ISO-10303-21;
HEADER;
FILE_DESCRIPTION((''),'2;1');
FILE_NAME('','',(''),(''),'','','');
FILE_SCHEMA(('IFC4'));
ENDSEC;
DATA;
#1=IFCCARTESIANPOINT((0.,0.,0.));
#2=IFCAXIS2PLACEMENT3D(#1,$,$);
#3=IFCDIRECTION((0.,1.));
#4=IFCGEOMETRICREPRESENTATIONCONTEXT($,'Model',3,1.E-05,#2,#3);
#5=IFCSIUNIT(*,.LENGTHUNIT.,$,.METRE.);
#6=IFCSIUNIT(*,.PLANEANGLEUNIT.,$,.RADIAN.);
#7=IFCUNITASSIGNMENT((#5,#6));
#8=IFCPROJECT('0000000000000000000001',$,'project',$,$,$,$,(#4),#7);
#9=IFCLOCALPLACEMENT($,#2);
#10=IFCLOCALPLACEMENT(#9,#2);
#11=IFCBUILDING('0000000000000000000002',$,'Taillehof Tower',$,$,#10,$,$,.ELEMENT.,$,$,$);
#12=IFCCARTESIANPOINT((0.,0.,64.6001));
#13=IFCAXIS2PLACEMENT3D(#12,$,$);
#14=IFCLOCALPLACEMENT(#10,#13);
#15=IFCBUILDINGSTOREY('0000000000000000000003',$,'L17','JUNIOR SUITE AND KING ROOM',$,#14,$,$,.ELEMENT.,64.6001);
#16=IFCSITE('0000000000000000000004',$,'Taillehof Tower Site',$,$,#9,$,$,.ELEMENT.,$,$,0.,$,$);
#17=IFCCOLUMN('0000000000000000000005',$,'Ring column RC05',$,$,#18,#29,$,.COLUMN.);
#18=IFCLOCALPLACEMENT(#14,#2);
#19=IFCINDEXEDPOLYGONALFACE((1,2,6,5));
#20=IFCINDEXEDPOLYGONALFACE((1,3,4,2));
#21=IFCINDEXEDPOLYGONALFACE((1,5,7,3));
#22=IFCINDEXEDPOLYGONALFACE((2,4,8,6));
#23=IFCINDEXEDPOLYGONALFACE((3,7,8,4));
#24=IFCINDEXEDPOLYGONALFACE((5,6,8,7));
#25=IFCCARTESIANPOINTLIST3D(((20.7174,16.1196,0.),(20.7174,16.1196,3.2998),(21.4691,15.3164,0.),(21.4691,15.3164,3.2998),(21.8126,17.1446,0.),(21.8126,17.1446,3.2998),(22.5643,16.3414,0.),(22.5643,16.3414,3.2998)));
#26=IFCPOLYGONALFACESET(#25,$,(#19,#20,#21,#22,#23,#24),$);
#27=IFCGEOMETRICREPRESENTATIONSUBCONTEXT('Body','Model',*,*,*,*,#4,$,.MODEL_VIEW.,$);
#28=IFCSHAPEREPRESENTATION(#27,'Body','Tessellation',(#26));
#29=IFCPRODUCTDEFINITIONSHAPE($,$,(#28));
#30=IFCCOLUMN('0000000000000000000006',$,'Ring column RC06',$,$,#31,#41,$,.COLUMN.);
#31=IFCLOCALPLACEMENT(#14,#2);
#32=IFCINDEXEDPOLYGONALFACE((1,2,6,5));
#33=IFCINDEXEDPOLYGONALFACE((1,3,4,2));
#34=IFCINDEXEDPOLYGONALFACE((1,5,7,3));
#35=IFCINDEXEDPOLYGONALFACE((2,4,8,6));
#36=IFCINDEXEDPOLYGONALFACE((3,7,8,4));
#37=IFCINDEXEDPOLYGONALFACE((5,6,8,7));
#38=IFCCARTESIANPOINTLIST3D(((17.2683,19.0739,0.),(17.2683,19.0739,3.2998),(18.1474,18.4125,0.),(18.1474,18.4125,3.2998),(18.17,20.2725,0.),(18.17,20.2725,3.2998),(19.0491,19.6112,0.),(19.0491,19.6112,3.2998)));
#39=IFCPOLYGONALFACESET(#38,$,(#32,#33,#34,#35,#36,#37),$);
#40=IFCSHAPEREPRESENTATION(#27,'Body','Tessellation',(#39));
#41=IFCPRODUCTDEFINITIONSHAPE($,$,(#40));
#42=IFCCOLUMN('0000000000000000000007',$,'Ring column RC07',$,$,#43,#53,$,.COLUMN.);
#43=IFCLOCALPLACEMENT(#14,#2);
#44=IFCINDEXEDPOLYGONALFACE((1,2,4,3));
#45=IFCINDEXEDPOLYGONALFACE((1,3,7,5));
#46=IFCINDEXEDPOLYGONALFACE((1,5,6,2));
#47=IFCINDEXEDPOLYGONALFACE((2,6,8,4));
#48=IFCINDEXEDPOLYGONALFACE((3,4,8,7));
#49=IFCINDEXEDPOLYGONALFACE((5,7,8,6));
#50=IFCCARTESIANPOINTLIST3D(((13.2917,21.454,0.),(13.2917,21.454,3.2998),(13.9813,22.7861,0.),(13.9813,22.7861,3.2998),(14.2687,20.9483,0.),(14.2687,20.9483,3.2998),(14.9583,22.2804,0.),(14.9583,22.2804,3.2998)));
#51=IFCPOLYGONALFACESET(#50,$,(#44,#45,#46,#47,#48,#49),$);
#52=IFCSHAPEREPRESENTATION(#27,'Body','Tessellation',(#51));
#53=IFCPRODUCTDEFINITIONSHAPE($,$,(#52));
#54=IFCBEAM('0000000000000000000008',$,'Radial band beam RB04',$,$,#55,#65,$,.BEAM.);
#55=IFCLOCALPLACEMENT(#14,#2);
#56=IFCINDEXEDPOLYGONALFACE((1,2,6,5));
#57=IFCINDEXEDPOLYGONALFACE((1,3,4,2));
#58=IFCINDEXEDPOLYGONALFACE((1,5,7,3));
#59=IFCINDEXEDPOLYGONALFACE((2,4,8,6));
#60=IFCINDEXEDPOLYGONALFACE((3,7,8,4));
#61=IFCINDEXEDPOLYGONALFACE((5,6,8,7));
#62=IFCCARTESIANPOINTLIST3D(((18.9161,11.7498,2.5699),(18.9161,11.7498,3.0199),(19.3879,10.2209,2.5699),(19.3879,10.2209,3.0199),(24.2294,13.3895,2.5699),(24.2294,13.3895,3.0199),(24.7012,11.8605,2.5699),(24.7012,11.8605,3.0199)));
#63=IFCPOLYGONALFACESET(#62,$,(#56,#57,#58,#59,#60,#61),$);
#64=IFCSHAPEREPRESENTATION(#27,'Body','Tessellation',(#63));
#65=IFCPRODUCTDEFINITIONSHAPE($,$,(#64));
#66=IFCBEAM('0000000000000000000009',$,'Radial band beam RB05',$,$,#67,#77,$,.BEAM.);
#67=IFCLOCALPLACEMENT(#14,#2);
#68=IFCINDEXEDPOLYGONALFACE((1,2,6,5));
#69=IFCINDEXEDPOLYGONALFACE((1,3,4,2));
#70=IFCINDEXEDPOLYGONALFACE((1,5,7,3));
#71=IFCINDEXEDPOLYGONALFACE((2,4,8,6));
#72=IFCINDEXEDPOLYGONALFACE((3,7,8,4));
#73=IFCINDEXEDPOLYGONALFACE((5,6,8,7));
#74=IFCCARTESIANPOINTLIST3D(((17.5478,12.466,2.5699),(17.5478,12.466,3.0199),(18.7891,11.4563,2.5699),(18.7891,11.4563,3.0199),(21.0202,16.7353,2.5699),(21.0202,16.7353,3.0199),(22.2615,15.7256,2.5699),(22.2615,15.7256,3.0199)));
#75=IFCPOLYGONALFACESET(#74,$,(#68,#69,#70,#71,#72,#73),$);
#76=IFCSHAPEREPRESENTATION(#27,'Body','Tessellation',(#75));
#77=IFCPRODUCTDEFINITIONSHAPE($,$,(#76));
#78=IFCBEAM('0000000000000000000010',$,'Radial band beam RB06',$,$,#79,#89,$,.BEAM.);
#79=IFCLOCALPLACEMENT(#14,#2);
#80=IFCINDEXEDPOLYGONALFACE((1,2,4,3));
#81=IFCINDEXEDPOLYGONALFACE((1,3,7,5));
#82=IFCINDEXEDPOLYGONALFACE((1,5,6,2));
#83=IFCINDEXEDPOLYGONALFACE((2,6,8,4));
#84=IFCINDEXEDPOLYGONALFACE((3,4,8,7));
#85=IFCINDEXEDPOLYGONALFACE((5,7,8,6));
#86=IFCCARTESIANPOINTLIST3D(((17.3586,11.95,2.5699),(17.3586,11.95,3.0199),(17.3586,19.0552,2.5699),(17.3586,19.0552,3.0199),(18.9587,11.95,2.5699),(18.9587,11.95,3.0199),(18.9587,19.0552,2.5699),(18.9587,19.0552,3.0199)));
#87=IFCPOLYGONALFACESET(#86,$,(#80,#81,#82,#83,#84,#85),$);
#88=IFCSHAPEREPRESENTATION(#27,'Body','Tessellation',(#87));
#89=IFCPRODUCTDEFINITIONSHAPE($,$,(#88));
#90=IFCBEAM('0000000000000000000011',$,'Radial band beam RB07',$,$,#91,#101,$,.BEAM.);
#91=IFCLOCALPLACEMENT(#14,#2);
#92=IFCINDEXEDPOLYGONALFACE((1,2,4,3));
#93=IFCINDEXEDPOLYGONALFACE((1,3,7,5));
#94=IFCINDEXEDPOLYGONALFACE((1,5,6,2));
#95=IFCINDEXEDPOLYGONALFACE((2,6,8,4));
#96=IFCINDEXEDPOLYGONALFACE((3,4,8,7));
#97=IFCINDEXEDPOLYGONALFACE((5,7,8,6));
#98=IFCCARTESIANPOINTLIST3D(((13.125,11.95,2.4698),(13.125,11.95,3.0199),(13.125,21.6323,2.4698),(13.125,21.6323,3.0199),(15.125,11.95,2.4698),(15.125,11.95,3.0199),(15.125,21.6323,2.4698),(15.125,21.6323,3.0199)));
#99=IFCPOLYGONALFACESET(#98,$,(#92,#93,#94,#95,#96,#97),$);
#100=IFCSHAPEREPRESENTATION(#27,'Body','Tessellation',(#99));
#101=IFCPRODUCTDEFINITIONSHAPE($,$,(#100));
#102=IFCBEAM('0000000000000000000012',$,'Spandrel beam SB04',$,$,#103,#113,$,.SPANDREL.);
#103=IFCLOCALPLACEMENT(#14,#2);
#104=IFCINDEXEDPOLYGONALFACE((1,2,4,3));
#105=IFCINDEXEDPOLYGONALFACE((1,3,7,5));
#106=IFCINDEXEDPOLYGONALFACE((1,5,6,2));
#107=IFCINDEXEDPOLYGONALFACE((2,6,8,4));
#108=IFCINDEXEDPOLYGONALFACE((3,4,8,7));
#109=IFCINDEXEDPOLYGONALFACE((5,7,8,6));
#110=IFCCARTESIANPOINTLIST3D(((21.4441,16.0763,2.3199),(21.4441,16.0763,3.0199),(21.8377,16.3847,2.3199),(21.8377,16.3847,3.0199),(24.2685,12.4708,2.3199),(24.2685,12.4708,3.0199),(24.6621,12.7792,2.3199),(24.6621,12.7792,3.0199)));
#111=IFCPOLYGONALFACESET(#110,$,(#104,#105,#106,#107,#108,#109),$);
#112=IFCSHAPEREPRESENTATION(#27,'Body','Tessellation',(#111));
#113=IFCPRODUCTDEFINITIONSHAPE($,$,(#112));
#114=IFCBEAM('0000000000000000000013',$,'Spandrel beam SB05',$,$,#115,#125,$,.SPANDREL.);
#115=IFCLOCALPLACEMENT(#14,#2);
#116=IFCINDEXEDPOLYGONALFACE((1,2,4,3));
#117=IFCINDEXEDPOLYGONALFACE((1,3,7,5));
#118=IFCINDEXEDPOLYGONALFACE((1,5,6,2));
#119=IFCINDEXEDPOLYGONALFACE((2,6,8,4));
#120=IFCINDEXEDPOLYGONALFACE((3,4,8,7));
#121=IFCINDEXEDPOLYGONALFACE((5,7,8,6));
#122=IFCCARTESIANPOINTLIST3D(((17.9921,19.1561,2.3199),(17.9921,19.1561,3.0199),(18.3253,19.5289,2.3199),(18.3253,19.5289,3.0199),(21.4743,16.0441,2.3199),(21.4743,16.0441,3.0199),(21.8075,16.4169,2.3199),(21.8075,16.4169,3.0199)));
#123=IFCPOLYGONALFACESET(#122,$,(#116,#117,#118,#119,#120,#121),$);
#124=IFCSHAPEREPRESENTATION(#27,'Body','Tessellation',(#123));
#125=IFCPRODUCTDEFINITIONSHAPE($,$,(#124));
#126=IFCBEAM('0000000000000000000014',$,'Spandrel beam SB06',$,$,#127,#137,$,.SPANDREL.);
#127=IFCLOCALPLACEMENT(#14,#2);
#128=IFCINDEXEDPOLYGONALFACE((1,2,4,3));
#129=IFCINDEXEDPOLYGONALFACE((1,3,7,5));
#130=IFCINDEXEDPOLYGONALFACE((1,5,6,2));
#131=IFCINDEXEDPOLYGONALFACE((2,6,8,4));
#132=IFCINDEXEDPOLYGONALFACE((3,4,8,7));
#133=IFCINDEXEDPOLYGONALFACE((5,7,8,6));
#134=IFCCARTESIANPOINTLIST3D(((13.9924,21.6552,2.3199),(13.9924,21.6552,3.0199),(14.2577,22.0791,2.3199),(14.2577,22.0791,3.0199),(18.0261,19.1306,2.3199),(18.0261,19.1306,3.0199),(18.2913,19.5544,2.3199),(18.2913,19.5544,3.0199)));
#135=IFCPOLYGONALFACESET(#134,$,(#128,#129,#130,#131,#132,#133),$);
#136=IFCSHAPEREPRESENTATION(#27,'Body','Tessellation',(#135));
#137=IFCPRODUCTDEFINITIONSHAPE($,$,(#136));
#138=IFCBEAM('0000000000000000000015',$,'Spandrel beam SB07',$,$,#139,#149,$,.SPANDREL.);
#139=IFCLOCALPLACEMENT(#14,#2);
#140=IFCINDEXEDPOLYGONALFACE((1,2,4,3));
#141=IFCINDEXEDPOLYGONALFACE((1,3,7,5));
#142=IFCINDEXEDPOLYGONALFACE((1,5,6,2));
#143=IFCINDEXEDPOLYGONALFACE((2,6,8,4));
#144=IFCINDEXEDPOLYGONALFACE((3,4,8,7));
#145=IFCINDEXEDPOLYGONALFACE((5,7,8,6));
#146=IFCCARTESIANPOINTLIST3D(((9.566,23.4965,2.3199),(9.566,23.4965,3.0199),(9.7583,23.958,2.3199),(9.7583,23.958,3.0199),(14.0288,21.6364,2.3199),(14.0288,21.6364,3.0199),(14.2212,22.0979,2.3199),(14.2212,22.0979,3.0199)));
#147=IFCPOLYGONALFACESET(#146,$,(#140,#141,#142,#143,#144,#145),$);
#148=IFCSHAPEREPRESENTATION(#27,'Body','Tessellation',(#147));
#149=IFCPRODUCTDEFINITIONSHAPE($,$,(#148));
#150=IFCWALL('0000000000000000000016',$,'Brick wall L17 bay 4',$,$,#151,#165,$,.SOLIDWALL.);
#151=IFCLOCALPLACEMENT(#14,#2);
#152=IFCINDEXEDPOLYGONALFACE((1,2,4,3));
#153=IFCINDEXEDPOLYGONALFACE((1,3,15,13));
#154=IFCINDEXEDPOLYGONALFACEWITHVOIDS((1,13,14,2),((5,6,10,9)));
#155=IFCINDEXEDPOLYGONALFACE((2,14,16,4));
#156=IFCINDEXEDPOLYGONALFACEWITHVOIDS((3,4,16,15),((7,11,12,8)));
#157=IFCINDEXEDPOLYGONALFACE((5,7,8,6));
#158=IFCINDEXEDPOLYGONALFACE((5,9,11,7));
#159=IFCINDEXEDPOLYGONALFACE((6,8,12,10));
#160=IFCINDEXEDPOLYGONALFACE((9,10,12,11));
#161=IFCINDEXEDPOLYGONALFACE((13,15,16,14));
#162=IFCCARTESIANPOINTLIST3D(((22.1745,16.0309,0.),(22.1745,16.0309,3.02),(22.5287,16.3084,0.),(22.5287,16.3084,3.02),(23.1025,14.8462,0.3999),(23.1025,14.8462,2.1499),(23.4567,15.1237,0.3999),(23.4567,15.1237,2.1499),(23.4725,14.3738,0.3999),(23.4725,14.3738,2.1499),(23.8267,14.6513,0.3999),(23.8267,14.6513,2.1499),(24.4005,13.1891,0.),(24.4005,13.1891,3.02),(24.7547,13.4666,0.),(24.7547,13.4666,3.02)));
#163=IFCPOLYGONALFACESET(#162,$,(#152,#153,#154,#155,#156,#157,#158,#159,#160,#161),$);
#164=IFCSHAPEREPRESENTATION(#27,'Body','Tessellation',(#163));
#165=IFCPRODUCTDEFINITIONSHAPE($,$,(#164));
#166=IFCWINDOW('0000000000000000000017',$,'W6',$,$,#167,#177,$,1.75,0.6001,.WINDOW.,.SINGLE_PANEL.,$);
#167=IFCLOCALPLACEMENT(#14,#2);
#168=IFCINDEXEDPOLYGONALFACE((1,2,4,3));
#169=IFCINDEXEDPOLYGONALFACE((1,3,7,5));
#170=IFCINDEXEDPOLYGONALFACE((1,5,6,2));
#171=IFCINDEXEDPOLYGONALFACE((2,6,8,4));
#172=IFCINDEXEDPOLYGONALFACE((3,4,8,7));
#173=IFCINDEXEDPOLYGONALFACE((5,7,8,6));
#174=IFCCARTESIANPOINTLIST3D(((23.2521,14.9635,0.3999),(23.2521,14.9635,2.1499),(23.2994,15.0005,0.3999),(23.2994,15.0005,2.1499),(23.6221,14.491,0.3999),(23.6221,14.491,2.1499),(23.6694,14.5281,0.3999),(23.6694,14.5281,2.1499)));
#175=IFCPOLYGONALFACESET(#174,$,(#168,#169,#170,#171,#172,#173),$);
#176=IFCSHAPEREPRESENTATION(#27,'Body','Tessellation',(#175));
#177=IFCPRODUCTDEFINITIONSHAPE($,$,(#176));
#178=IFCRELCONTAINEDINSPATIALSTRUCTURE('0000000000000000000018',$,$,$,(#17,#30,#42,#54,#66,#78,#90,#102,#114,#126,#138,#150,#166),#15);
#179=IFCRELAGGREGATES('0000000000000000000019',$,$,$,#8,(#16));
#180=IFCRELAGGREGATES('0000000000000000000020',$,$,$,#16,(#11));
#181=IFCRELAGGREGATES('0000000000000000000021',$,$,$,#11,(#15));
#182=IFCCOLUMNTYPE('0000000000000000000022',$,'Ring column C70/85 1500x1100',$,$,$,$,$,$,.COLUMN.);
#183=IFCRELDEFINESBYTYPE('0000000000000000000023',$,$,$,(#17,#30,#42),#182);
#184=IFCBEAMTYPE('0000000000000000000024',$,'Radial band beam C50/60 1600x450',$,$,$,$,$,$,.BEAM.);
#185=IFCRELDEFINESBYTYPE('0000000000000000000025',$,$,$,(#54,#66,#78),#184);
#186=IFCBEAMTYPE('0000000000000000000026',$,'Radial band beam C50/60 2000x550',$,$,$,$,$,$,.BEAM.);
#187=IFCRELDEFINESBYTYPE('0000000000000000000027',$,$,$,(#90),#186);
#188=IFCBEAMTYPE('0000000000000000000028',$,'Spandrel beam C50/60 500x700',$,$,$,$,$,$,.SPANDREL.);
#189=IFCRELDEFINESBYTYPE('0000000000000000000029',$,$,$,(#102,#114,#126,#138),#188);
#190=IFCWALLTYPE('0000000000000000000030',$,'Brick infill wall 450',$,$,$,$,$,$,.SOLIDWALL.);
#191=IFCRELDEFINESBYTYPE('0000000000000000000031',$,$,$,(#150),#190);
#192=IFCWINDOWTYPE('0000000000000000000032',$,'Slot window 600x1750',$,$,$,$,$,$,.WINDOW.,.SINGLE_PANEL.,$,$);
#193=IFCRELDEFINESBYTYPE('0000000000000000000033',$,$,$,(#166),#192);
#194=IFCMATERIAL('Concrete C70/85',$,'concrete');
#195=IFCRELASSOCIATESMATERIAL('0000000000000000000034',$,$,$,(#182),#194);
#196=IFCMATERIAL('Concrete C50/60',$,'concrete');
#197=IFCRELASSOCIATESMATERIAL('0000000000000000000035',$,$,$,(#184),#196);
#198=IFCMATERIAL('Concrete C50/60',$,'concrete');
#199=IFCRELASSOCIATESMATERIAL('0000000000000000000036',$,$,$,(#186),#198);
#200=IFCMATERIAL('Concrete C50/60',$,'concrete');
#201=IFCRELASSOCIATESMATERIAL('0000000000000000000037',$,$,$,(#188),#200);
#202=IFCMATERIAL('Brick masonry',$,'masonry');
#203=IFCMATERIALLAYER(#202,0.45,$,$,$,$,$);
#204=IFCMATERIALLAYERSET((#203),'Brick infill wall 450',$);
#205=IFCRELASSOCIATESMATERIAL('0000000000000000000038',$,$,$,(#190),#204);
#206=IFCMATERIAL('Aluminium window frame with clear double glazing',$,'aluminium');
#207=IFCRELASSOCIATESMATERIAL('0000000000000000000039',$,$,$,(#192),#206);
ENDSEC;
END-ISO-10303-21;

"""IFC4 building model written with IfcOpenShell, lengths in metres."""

from ifc_helpers import new_model, si_unit, direction, frame, frame_2d, origin, origin_2d, place, context, subcontext, project, spatial, rectangle, extrude, material, layer, layer_set, material_profile, profile_set, type_object, element, fill, save


model = new_model("IFC4")

# Units and contexts
model_context = context("Model", 3, precision=1e-05, world=origin(), true_north=direction((0.0, 1.0)))
body_context = subcontext(model_context, "Body", "Model", "MODEL_VIEW")
ifc_project = project(units=[si_unit("LENGTHUNIT", "METRE"), si_unit("PLANEANGLEUNIT", "RADIAN")], contexts=[model_context])

# Site, building, storey
site_placement = place(None, origin())
site = spatial("IfcSite", under=ifc_project, at=site_placement, Name="Taillehof Tower Site", CompositionType="ELEMENT", RefElevation=0.0)
building_placement = place(site_placement, origin())
building = spatial("IfcBuilding", under=site, at=building_placement, Name="Taillehof Tower", CompositionType="ELEMENT")
storey_placement = place(building_placement, frame((0.0, 0.0, 64.6001)))
storey = spatial("IfcBuildingStorey", under=building, at=storey_placement, Name="L17", Description="JUNIOR SUITE AND KING ROOM", CompositionType="ELEMENT", Elevation=64.6001)

# Columns
ifc_material_1 = material(Name="Concrete C70/85", Category="concrete")
ifc_material_profile_1 = material_profile(ifc_material_1, rectangle(XDim=1.5, YDim=1.1001, at=origin_2d()), Name="RC 1500x1100")
ifc_profile_set_1 = profile_set([ifc_material_profile_1], Name="Concrete C70/85")
column_type = type_object("IfcColumnType", Name="Ring column C70/85 1500x1100", PredefinedType="COLUMN", material=ifc_profile_set_1)
for number, where, z_axis, x_axis, name in (
    (1, (21.6409, 16.2305, 0.0), (0.0, 0.0, 1.0), (0.730113, 0.683326, 0.0), "Ring column RC05"),
    (2, (18.1587, 19.3425, 0.0), (0.0, 0.0, 1.0), (0.601174, 0.799118, 0.0), "Ring column RC06"),
    (3, (14.125, 21.8672, 0.0), (0.0, 0.0, 1.0), (0.459691, 0.888079, 0.0), "Ring column RC07"),
):
    element("IfcColumn", number, at=place(storey_placement, frame(where, z_axis=z_axis, x_axis=x_axis)), inside=storey, type_object=column_type, Name=name, PredefinedType="COLUMN", context=body_context, shape_type="SweptSolid", body=[
        extrude(rectangle(XDim=1.5, YDim=1.1001, at=origin_2d()), origin(), (0.0, 0.0, 1.0), 3.2998),
    ])

# Beams
ifc_material_2 = material(Name="Concrete C50/60", Category="concrete")
ifc_material_profile_2 = material_profile(ifc_material_2, rectangle(XDim=1.6001, YDim=0.45, at=origin_2d()), Name="RC 1600x450")
ifc_profile_set_2 = profile_set([ifc_material_profile_2], Name="Concrete C50/60")
beam_type_1 = type_object("IfcBeamType", Name="Radial band beam C50/60 1600x450", PredefinedType="BEAM", material=ifc_profile_set_2)
beam_1_placement = place(storey_placement, frame((24.4653, 12.625, 2.7949), z_axis=(-0.955536, -0.294876, 0.0), x_axis=(0.294876, -0.955536, 0.0)))
element("IfcBeam", 4, at=beam_1_placement, inside=storey, type_object=beam_type_1, Name="Radial band beam RB04", PredefinedType="BEAM", context=body_context, shape_type="SweptSolid", body=[
    extrude(rectangle(XDim=1.6001, YDim=0.45, at=origin_2d()), origin(), (0.0, 0.0, 1.0), 5.5605),
])
beam_2_placement = place(storey_placement, frame((21.6409, 16.2305, 2.7949), z_axis=(-0.630988, -0.775792, 0.0), x_axis=(0.775792, -0.630988, 0.0)))
element("IfcBeam", 5, at=beam_2_placement, inside=storey, type_object=beam_type_1, Name="Radial band beam RB05", PredefinedType="BEAM", context=body_context, shape_type="SweptSolid", body=[
    extrude(rectangle(XDim=1.6001, YDim=0.45, at=origin_2d()), origin(), (0.0, 0.0, 1.0), 5.5032),
])
beam_3_placement = place(storey_placement, frame((18.1587, 19.0552, 2.7949), z_axis=(0.0, -1.0, 0.0), x_axis=(1.0, 0.0, 0.0)))
element("IfcBeam", 6, at=beam_3_placement, inside=storey, type_object=beam_type_1, Name="Radial band beam RB06", PredefinedType="BEAM", context=body_context, shape_type="SweptSolid", body=[
    extrude(rectangle(XDim=1.6001, YDim=0.45, at=origin_2d()), origin(), (0.0, 0.0, 1.0), 7.1052),
])
ifc_material_3 = material(Name="Concrete C50/60", Category="concrete")
ifc_material_profile_3 = material_profile(ifc_material_3, rectangle(XDim=2.0, YDim=0.55, at=origin_2d()), Name="RC 2000x550")
ifc_profile_set_3 = profile_set([ifc_material_profile_3], Name="Concrete C50/60")
beam_type_2 = type_object("IfcBeamType", Name="Radial band beam C50/60 2000x550", PredefinedType="BEAM", material=ifc_profile_set_3)
beam_4_placement = place(storey_placement, frame((14.125, 21.6323, 2.7449), z_axis=(0.0, -1.0, 0.0), x_axis=(1.0, 0.0, 0.0)))
element("IfcBeam", 7, at=beam_4_placement, inside=storey, type_object=beam_type_2, Name="Radial band beam RB07", PredefinedType="BEAM", context=body_context, shape_type="SweptSolid", body=[
    extrude(rectangle(XDim=2.0, YDim=0.55, at=origin_2d()), origin(), (0.0, 0.0, 1.0), 9.6824),
])
ifc_material_4 = material(Name="Concrete C50/60", Category="concrete")
ifc_material_profile_4 = material_profile(ifc_material_4, rectangle(XDim=0.5, YDim=0.7, at=origin_2d()), Name="RC 500x700")
ifc_profile_set_4 = profile_set([ifc_material_profile_4], Name="Concrete C50/60")
beam_type_3 = type_object("IfcBeamType", Name="Spandrel beam C50/60 500x700", PredefinedType="SPANDREL", material=ifc_profile_set_4)
beam_5_placement = place(storey_placement, frame((24.4653, 12.625, 2.6699), z_axis=(-0.616686, 0.787209, 0.0), x_axis=(-0.787209, -0.616686, 0.0)))
element("IfcBeam", 8, at=beam_5_placement, inside=storey, type_object=beam_type_3, Name="Spandrel beam SB04", PredefinedType="SPANDREL", context=body_context, shape_type="SweptSolid", body=[
    extrude(rectangle(XDim=0.5, YDim=0.7, at=origin_2d()), origin(), (0.0, 0.0, 1.0), 4.5801),
])
beam_6_placement = place(storey_placement, frame((21.6409, 16.2305, 2.6699), z_axis=(-0.745621, 0.66637, 0.0), x_axis=(-0.66637, -0.745621, 0.0)))
element("IfcBeam", 9, at=beam_6_placement, inside=storey, type_object=beam_type_3, Name="Spandrel beam SB05", PredefinedType="SPANDREL", context=body_context, shape_type="SweptSolid", body=[
    extrude(rectangle(XDim=0.5, YDim=0.7, at=origin_2d()), origin(), (0.0, 0.0, 1.0), 4.6702),
])
beam_7_placement = place(storey_placement, frame((18.1587, 19.3425, 2.6699), z_axis=(-0.847658, 0.530543, 0.0), x_axis=(-0.530543, -0.847658, 0.0)))
element("IfcBeam", 10, at=beam_7_placement, inside=storey, type_object=beam_type_3, Name="Spandrel beam SB06", PredefinedType="SPANDREL", context=body_context, shape_type="SweptSolid", body=[
    extrude(rectangle(XDim=0.5, YDim=0.7, at=origin_2d()), origin(), (0.0, 0.0, 1.0), 4.7585),
])
beam_8_placement = place(storey_placement, frame((14.125, 21.8672, 2.6699), z_axis=(-0.923035, 0.384716, 0.0), x_axis=(-0.384716, -0.923035, 0.0)))
element("IfcBeam", 11, at=beam_8_placement, inside=storey, type_object=beam_type_3, Name="Spandrel beam SB07", PredefinedType="SPANDREL", context=body_context, shape_type="SweptSolid", body=[
    extrude(rectangle(XDim=0.5, YDim=0.7, at=origin_2d()), origin(), (0.0, 0.0, 1.0), 4.835),
])

# Wall, opening, window
ifc_material_5 = material(Name="Brick masonry", Category="masonry")
ifc_layer_1 = layer(ifc_material_5, 0.45)
ifc_layer_set_1 = layer_set([ifc_layer_1], Name="Brick infill wall 450")
wall_type_1 = type_object("IfcWallType", Name="Brick infill wall 450", PredefinedType="SOLIDWALL", material=ifc_layer_set_1)
wall_1_placement = place(storey_placement, frame((24.5776, 13.3279, 0.0), z_axis=(0.0, 0.0, 1.0), x_axis=(-0.616662, 0.787228, 0.0)))
wall_1 = element("IfcWall", 12, at=wall_1_placement, inside=storey, type_object=wall_type_1, Name="Brick wall L17 bay 4", PredefinedType="SOLIDWALL", context=body_context, shape_type="SweptSolid", body=[
    extrude(rectangle(XDim=3.6099, YDim=0.45, at=frame_2d((1.8049, 0.0))), origin(), (0.0, 0.0, 1.0), 3.02),
])
opening_1_placement = place(wall_1_placement, frame((1.5049, 0.0, 0.3999)))
opening_1 = element("IfcOpeningElement", 13, at=opening_1_placement, cuts=wall_1, PredefinedType="OPENING", context=body_context, shape_type="SweptSolid", body=[
    extrude(rectangle(XDim=0.6001, YDim=1.75, at=frame_2d((0.3, 0.875))), frame((0.0, 0.2349, 0.0), z_axis=(0.0, -1.0, 0.0), x_axis=(1.0, 0.0, 0.0)), (0.0, 0.0, 1.0), 0.47),
])
ifc_material_6 = material(Name="Aluminium window frame with clear double glazing", Category="aluminium")
window_type_1 = type_object("IfcWindowType", Name="Slot window 600x1750", PartitioningType="SINGLE_PANEL", PredefinedType="WINDOW", material=ifc_material_6)
window_1_placement = place(opening_1_placement, origin())
window_1 = element("IfcWindow", 14, at=window_1_placement, inside=storey, type_object=window_type_1, Name="W6", OverallHeight=1.75, OverallWidth=0.6001, PartitioningType="SINGLE_PANEL", PredefinedType="WINDOW", context=body_context, shape_type="SweptSolid", body=[
    extrude(rectangle(XDim=0.6001, YDim=1.75, at=frame_2d((0.3, 0.875))), frame((0.0, 0.0349, 0.0), z_axis=(0.0, -1.0, 0.0), x_axis=(1.0, 0.0, 0.0)), (0.0, 0.0, 1.0), 0.0601),
])
fill(opening_1, window_1)

save(model, "model.ifc")
